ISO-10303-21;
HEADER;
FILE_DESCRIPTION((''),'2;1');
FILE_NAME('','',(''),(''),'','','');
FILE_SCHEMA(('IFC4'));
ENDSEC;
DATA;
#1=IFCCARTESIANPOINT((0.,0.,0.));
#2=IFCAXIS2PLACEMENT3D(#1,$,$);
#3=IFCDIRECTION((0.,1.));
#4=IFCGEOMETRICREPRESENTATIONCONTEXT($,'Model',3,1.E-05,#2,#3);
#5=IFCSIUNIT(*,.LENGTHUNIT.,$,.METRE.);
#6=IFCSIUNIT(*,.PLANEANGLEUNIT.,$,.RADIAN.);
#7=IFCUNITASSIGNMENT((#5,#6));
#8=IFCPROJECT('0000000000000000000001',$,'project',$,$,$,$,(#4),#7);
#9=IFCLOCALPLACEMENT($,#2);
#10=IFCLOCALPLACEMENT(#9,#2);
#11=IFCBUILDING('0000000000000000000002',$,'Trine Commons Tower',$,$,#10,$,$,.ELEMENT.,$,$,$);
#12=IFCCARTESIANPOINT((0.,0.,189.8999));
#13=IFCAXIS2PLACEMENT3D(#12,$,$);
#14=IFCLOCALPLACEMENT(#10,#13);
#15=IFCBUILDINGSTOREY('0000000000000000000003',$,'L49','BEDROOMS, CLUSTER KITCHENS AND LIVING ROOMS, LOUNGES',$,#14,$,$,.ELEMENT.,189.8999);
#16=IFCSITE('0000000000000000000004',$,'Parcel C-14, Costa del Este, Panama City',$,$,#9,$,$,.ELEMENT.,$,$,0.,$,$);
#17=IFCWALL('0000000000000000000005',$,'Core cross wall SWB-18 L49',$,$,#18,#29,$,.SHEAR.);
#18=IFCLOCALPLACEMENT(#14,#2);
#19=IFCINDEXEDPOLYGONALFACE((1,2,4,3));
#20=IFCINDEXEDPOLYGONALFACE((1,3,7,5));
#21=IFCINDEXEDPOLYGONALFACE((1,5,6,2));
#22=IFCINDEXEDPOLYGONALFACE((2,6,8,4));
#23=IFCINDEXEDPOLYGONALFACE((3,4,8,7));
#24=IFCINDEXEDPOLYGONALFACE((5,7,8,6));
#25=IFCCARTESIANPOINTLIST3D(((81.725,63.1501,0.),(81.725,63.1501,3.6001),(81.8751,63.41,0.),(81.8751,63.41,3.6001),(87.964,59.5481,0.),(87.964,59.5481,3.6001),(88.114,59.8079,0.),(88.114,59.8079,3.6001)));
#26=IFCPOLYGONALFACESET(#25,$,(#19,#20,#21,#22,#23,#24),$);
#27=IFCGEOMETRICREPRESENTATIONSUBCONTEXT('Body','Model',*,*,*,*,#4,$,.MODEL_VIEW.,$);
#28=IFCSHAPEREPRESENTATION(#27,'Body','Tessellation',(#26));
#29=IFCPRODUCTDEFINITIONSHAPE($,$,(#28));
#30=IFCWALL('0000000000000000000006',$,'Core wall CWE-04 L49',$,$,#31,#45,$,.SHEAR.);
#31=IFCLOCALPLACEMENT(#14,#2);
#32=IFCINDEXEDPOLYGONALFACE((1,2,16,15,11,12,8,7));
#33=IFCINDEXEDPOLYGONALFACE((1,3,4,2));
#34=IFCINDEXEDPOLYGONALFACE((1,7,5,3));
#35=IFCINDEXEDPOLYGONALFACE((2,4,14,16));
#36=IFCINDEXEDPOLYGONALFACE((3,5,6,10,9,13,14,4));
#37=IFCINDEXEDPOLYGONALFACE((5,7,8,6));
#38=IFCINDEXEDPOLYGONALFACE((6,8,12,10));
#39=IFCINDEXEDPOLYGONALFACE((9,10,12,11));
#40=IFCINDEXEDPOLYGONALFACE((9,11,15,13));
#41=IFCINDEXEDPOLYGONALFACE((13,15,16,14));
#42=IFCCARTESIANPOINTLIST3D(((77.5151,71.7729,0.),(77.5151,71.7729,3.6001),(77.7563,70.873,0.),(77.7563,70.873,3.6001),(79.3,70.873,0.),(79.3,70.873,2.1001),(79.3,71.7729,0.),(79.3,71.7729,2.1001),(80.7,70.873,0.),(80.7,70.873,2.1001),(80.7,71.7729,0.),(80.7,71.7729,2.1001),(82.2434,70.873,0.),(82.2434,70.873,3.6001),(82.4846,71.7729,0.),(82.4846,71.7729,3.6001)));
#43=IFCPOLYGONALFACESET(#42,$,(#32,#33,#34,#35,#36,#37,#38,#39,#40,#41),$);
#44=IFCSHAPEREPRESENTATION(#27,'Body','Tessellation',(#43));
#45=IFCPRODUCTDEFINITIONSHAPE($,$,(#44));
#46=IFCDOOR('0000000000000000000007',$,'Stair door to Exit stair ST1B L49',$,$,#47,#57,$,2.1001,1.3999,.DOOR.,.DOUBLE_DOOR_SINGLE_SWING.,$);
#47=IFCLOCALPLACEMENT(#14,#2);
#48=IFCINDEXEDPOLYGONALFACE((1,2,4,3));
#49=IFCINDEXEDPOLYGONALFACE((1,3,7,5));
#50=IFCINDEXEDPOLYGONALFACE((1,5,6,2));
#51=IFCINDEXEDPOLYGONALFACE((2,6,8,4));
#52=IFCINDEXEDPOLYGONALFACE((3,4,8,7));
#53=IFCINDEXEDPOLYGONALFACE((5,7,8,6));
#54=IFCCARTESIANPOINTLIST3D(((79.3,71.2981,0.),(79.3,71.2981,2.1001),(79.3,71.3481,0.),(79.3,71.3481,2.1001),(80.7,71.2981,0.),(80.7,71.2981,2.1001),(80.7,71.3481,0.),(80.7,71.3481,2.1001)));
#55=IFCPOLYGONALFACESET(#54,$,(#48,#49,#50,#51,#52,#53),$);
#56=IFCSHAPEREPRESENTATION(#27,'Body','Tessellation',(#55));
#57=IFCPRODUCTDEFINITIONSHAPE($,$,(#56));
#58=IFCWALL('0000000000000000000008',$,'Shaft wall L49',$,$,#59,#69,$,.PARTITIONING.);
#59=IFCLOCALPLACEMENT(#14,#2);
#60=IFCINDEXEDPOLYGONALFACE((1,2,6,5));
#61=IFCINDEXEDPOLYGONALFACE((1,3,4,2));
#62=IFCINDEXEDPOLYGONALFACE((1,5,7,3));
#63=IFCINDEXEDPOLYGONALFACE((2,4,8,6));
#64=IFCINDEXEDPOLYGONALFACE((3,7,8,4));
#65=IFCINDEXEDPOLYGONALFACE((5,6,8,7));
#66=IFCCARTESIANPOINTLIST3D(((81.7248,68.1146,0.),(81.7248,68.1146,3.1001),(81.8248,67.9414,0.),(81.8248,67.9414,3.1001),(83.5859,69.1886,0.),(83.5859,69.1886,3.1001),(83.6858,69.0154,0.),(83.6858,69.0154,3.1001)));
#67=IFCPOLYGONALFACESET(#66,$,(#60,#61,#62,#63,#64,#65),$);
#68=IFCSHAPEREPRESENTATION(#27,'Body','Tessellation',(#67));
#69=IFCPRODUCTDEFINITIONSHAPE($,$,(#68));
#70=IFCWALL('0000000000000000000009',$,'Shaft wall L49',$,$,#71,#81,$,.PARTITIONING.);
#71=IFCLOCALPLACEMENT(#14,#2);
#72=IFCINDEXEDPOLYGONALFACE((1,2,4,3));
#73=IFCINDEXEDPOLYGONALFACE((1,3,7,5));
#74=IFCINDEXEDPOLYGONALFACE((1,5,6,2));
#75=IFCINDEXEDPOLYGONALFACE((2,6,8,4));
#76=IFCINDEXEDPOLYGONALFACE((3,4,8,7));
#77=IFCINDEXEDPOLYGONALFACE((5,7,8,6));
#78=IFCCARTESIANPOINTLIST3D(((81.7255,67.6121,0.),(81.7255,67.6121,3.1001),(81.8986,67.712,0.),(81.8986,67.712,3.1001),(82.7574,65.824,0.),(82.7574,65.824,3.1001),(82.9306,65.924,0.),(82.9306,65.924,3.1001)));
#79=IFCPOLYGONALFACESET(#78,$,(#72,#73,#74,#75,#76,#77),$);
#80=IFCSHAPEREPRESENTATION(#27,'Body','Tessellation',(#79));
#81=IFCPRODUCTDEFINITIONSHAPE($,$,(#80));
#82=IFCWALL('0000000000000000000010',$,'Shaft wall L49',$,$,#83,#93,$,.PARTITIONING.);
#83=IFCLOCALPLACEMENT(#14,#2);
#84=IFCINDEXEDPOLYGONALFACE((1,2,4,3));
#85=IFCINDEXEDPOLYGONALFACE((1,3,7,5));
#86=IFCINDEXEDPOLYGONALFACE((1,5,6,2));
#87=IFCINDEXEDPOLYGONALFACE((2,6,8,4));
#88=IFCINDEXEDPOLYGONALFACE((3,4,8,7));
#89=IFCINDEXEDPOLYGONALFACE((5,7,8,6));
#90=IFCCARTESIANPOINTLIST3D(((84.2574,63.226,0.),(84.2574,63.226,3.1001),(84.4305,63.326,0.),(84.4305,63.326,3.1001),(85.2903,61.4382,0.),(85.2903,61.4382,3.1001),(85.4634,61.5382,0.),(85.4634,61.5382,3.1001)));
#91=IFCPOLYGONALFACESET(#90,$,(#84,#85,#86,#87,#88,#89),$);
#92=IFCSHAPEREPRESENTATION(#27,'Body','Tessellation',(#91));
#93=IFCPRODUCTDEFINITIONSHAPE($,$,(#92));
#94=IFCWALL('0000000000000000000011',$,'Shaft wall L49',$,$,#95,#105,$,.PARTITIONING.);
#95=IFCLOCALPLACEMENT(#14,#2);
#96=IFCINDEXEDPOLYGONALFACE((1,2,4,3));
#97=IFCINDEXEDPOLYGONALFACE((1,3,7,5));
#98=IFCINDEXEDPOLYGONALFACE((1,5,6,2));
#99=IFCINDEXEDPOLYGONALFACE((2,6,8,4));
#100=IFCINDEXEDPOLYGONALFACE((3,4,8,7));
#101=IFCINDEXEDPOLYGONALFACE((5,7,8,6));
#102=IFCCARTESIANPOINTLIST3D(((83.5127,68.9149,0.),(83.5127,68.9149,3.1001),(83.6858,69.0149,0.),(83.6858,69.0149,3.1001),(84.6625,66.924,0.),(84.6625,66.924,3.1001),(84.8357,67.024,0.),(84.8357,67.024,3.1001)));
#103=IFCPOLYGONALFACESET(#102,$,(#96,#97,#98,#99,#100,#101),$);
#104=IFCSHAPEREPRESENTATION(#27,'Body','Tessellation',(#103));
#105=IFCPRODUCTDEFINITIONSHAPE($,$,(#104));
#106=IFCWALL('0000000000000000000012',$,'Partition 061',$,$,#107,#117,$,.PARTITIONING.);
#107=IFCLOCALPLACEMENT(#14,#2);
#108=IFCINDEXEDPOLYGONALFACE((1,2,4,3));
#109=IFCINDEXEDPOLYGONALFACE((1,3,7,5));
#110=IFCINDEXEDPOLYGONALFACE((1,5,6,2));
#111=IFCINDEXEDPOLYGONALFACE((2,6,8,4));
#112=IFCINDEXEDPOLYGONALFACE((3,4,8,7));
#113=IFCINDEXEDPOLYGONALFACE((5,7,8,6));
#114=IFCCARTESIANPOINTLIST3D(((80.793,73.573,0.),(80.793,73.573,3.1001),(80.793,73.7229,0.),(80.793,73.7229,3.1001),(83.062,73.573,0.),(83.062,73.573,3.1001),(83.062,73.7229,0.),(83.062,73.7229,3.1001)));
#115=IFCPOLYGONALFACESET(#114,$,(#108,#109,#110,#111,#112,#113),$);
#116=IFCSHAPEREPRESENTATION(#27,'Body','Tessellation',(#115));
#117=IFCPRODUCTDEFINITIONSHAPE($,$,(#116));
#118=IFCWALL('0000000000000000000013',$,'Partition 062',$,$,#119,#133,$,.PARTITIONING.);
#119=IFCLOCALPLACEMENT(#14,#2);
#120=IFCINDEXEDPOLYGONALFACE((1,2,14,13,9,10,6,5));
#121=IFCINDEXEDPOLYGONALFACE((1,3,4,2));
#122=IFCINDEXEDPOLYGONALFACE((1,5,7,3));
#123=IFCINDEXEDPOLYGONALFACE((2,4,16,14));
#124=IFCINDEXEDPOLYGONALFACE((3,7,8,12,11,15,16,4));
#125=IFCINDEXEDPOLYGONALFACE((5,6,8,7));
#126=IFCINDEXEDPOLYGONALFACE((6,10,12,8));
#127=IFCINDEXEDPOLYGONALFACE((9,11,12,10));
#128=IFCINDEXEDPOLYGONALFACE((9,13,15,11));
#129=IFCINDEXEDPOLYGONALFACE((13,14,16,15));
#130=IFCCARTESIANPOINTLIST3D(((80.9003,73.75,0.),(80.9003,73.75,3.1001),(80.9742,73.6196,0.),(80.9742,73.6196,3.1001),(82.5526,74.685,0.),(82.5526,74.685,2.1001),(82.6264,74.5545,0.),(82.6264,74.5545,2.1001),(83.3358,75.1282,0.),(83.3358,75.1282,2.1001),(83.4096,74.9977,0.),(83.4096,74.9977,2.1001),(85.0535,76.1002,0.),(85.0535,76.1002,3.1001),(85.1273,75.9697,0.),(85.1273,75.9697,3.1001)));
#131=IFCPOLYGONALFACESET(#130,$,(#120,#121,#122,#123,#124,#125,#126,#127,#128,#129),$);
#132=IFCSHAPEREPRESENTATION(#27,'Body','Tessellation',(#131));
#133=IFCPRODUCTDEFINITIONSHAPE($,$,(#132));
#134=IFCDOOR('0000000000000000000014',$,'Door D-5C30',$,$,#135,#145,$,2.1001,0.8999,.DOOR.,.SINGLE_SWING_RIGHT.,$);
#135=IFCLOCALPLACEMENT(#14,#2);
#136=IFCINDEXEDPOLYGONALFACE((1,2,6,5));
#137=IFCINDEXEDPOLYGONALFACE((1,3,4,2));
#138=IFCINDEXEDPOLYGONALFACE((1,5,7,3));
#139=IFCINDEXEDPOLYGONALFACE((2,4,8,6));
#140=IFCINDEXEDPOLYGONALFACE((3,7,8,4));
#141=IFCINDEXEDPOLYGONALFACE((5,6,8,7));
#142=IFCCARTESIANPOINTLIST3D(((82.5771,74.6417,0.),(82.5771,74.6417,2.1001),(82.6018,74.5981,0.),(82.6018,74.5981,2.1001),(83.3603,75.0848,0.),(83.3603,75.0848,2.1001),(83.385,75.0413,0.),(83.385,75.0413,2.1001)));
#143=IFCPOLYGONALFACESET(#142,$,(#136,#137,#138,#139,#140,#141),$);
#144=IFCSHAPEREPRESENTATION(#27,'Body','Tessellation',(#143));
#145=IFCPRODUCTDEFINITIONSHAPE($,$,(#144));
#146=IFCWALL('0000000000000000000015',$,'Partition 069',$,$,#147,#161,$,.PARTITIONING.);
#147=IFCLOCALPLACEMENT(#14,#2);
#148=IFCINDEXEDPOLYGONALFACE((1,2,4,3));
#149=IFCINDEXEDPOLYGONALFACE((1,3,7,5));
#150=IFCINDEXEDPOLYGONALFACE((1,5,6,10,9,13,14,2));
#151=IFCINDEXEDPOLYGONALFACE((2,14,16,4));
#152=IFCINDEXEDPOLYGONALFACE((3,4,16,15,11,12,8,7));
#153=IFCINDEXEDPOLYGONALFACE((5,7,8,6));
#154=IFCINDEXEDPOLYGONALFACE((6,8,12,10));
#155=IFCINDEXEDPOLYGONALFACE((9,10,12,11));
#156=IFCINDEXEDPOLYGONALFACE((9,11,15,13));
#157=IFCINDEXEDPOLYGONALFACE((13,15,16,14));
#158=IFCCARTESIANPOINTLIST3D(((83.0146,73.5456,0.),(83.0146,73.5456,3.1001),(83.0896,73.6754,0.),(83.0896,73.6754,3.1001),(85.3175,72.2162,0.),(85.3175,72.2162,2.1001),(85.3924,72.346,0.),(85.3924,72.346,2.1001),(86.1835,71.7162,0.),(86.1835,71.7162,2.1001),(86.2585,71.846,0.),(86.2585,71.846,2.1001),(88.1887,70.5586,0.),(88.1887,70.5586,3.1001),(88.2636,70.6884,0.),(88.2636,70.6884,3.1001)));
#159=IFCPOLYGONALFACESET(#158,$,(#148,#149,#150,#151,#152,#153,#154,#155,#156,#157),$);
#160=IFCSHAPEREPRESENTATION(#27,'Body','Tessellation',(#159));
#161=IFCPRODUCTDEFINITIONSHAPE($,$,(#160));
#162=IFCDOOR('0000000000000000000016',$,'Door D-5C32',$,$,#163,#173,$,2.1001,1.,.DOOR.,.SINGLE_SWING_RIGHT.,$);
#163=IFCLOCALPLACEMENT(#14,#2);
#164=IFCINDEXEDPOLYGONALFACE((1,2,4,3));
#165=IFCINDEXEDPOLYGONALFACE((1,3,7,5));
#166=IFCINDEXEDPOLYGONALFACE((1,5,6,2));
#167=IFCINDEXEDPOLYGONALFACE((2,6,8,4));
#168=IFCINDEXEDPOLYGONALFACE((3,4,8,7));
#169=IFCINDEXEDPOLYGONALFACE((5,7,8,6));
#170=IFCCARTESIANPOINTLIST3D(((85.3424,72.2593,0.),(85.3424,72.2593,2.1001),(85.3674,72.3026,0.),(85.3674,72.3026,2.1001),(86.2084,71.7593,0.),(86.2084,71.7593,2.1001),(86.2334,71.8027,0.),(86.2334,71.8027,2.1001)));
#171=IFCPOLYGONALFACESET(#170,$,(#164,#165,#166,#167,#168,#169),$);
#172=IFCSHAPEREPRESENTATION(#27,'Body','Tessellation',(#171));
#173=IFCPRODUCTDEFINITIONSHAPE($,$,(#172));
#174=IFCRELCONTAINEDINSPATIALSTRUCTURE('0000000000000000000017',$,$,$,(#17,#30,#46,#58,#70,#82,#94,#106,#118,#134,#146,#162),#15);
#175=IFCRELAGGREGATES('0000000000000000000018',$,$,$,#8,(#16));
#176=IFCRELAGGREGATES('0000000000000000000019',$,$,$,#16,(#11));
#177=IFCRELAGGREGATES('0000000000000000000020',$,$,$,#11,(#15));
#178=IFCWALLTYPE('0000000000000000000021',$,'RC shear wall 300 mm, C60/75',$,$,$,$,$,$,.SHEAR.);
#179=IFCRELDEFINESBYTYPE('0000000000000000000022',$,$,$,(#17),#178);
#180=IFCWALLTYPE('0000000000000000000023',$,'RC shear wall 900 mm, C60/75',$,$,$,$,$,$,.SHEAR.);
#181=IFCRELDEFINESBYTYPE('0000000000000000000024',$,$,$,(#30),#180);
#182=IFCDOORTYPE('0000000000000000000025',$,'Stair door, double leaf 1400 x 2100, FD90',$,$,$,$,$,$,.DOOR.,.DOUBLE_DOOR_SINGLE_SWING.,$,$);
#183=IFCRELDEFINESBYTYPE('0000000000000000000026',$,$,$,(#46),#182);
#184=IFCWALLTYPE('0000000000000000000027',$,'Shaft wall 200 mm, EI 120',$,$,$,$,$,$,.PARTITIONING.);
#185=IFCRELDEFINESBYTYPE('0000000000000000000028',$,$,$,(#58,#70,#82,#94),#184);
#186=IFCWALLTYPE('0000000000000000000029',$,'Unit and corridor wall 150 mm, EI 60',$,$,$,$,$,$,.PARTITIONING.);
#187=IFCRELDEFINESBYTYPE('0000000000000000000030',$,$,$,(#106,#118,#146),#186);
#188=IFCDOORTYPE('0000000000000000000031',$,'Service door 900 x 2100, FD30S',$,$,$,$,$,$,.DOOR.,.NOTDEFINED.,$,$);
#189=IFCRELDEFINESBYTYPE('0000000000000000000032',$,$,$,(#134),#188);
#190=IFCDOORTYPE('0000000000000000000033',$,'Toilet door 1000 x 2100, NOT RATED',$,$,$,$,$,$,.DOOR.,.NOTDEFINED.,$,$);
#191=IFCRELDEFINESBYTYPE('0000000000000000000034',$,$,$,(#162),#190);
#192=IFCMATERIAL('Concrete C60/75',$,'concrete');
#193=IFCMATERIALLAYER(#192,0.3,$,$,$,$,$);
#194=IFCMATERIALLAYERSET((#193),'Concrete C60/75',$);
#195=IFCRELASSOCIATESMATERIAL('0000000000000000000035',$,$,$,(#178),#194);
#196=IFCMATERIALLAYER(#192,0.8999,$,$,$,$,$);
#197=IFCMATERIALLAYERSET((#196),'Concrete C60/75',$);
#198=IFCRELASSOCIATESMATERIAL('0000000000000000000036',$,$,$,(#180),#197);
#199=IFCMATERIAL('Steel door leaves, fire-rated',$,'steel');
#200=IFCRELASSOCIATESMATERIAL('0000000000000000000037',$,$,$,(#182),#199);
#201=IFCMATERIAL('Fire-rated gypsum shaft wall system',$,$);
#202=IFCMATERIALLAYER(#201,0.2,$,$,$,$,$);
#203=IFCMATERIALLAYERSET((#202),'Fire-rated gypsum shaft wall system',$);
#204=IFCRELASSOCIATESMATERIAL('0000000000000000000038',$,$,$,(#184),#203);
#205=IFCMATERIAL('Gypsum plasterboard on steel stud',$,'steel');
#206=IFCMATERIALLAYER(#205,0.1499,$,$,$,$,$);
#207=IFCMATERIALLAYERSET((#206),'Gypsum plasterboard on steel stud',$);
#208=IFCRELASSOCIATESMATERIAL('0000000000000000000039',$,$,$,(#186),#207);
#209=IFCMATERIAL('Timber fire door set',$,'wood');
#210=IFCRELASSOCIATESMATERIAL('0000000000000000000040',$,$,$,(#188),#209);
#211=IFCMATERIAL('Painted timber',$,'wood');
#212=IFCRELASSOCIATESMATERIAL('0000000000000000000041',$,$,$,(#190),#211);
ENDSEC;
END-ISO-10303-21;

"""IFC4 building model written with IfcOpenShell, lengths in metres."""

from ifc_helpers import new_model, si_unit, direction, frame, frame_2d, origin, place, context, subcontext, project, spatial, polyline, rectangle, outline, extrude, material, layer, layer_set, type_object, element, fill, save


model = new_model("IFC4")

# Units and contexts
model_context = context("Model", 3, precision=1e-05, world=origin(), true_north=direction((0.0, 1.0)))
body_context = subcontext(model_context, "Body", "Model", "MODEL_VIEW")
ifc_project = project(units=[si_unit("LENGTHUNIT", "METRE"), si_unit("PLANEANGLEUNIT", "RADIAN")], contexts=[model_context])

# Site, building, storey
site_placement = place(None, origin())
site = spatial("IfcSite", under=ifc_project, at=site_placement, Name="Parcel C-14, Costa del Este, Panama City", CompositionType="ELEMENT", RefElevation=0.0)
building_placement = place(site_placement, origin())
building = spatial("IfcBuilding", under=site, at=building_placement, Name="Trine Commons Tower", CompositionType="ELEMENT")
storey_placement = place(building_placement, frame((0.0, 0.0, 189.8999)))
storey = spatial("IfcBuildingStorey", under=building, at=storey_placement, Name="L49", Description="BEDROOMS, CLUSTER KITCHENS AND LIVING ROOMS, LOUNGES", CompositionType="ELEMENT", Elevation=189.8999)

# Shared definitions
ifc_material_1 = material(Name="Fire-rated gypsum shaft wall system")
ifc_material_2 = material(Name="Concrete C60/75", Category="concrete")
ifc_layer_1 = layer(ifc_material_2, 0.3)
ifc_layer_set_1 = layer_set([ifc_layer_1], Name="Concrete C60/75")
wall_type_1 = type_object("IfcWallType", Name="RC shear wall 300 mm, C60/75", PredefinedType="SHEAR", material=ifc_layer_set_1)

# Wall
wall_1_placement = place(storey_placement, frame((81.8, 63.28, 0.0), z_axis=(0.0, 0.0, 1.0), x_axis=(0.866028, -0.499995, 0.0)))
element("IfcWall", 1, at=wall_1_placement, inside=storey, type_object=wall_type_1, Name="Core cross wall SWB-18 L49", PredefinedType="SHEAR", context=body_context, shape_type="SweptSolid", body=[
    extrude(rectangle(XDim=7.2041, YDim=0.3, at=frame_2d((3.6021, 0.0))), origin(), (0.0, 0.0, 1.0), 3.6001),
])

# Wall, opening, door
ifc_layer_2 = layer(ifc_material_2, 0.8999)
ifc_layer_set_2 = layer_set([ifc_layer_2], Name="Concrete C60/75")
wall_type_2 = type_object("IfcWallType", Name="RC shear wall 900 mm, C60/75", PredefinedType="SHEAR", material=ifc_layer_set_2)
wall_2_placement = place(storey_placement, frame((82.4846, 71.323, 0.0), z_axis=(0.0, 0.0, 1.0), x_axis=(-1.0, 0.0, 0.0)))
wall_2 = element("IfcWall", 2, at=wall_2_placement, inside=storey, type_object=wall_type_2, Name="Core wall CWE-04 L49", PredefinedType="SHEAR", context=body_context, shape_type="SweptSolid", body=[
    extrude(outline(polyline([(0.0, -0.45), (4.9695, -0.45), (4.7283, 0.45), (0.2412, 0.45), (0.0, -0.45)])), origin(), (0.0, 0.0, 1.0), 3.6001),
])
opening_1_placement = place(wall_2_placement, frame((1.7847, 0.0, 0.0)))
opening_1 = element("IfcOpeningElement", 3, at=opening_1_placement, cuts=wall_2, PredefinedType="OPENING", context=body_context, shape_type="SweptSolid", body=[
    extrude(rectangle(XDim=1.3999, YDim=2.1001, at=frame_2d((0.7, 1.05))), frame((0.0, 0.46, 0.0), z_axis=(0.0, -1.0, 0.0), x_axis=(1.0, 0.0, 0.0)), (0.0, 0.0, 1.0), 0.9199),
])
ifc_material_3 = material(Name="Steel door leaves, fire-rated", Category="steel")
door_type_1 = type_object("IfcDoorType", Name="Stair door, double leaf 1400 x 2100, FD90", OperationType="DOUBLE_DOOR_SINGLE_SWING", PredefinedType="DOOR", material=ifc_material_3)
door_1_placement = place(opening_1_placement, origin())
door_1 = element("IfcDoor", 4, at=door_1_placement, inside=storey, type_object=door_type_1, Name="Stair door to Exit stair ST1B L49", OperationType="DOUBLE_DOOR_SINGLE_SWING", OverallHeight=2.1001, OverallWidth=1.3999, PredefinedType="DOOR", context=body_context, shape_type="SweptSolid", body=[
    extrude(rectangle(XDim=1.3999, YDim=2.1001, at=frame_2d((0.7, 1.05))), frame((0.0, 0.0249, 0.0), z_axis=(0.0, -1.0, 0.0), x_axis=(1.0, 0.0, 0.0)), (0.0, 0.0, 1.0), 0.05),
])
fill(opening_1, door_1)

# Walls
ifc_layer_3 = layer(ifc_material_1, 0.2)
ifc_layer_set_3 = layer_set([ifc_layer_3], Name="Fire-rated gypsum shaft wall system")
wall_type_3 = type_object("IfcWallType", Name="Shaft wall 200 mm, EI 120", PredefinedType="PARTITIONING", material=ifc_layer_set_3)
wall_3_placement = place(storey_placement, frame((81.7749, 68.0281, 0.0), z_axis=(0.0, 0.0, 1.0), x_axis=(0.866131, 0.499818, 0.0)))
element("IfcWall", 5, at=wall_3_placement, inside=storey, type_object=wall_type_3, Name="Shaft wall L49", PredefinedType="PARTITIONING", context=body_context, shape_type="SweptSolid", body=[
    extrude(rectangle(XDim=2.1487, YDim=0.2, at=frame_2d((1.0742, 0.0))), origin(), (0.0, 0.0, 1.0), 3.1001),
])
wall_4_placement = place(storey_placement, frame((82.844, 65.874, 0.0), z_axis=(0.0, 0.0, 1.0), x_axis=(-0.499866, 0.866103, 0.0)))
element("IfcWall", 6, at=wall_4_placement, inside=storey, type_object=wall_type_3, Name="Shaft wall L49", PredefinedType="PARTITIONING", context=body_context, shape_type="SweptSolid", body=[
    extrude(rectangle(XDim=2.0645, YDim=0.2, at=frame_2d((1.0322, 0.0))), origin(), (0.0, 0.0, 1.0), 3.1001),
])
wall_5_placement = place(storey_placement, frame((84.344, 63.2759, 0.0), z_axis=(0.0, 0.0, 1.0), x_axis=(0.500272, -0.865868, 0.0)))
element("IfcWall", 7, at=wall_5_placement, inside=storey, type_object=wall_type_3, Name="Shaft wall L49", PredefinedType="PARTITIONING", context=body_context, shape_type="SweptSolid", body=[
    extrude(rectangle(XDim=2.0647, YDim=0.2, at=frame_2d((1.0322, 0.0))), origin(), (0.0, 0.0, 1.0), 3.1001),
])
wall_6_placement = place(storey_placement, frame((84.749, 66.9741, 0.0), z_axis=(0.0, 0.0, 1.0), x_axis=(-0.500136, 0.865947, 0.0)))
element("IfcWall", 8, at=wall_6_placement, inside=storey, type_object=wall_type_3, Name="Shaft wall L49", PredefinedType="PARTITIONING", context=body_context, shape_type="SweptSolid", body=[
    extrude(rectangle(XDim=2.2991, YDim=0.2, at=frame_2d((1.1494, 0.0))), origin(), (0.0, 0.0, 1.0), 3.1001),
])
ifc_material_4 = material(Name="Gypsum plasterboard on steel stud", Category="steel")
ifc_layer_4 = layer(ifc_material_4, 0.1499)
ifc_layer_set_4 = layer_set([ifc_layer_4], Name="Gypsum plasterboard on steel stud")
wall_type_4 = type_object("IfcWallType", Name="Unit and corridor wall 150 mm, EI 60", PredefinedType="PARTITIONING", material=ifc_layer_set_4)
wall_7_placement = place(storey_placement, frame((80.793, 73.6479, 0.0), z_axis=(0.0, 0.0, 1.0), x_axis=(1.0, 0.0, 0.0)))
element("IfcWall", 9, at=wall_7_placement, inside=storey, type_object=wall_type_4, Name="Partition 061", PredefinedType="PARTITIONING", context=body_context, shape_type="SweptSolid", body=[
    extrude(rectangle(XDim=2.269, YDim=0.1499, at=frame_2d((1.1345, 0.0))), origin(), (0.0, 0.0, 1.0), 3.1001),
])

# Walls, openings, doors
wall_8_placement = place(storey_placement, frame((80.9373, 73.6848, 0.0), z_axis=(0.0, 0.0, 1.0), x_axis=(0.87032, 0.492487, 0.0)))
wall_8 = element("IfcWall", 10, at=wall_8_placement, inside=storey, type_object=wall_type_4, Name="Partition 062", PredefinedType="PARTITIONING", context=body_context, shape_type="SweptSolid", body=[
    extrude(rectangle(XDim=4.772, YDim=0.1499, at=frame_2d((2.386, 0.0))), origin(), (0.0, 0.0, 1.0), 3.1001),
])
opening_2_placement = place(wall_8_placement, frame((1.8984, 0.0, 0.0)))
opening_2 = element("IfcOpeningElement", 11, at=opening_2_placement, cuts=wall_8, PredefinedType="OPENING", context=body_context, shape_type="SweptSolid", body=[
    extrude(rectangle(XDim=0.8999, YDim=2.1001, at=frame_2d((0.45, 1.05))), frame((0.0, 0.085, 0.0), z_axis=(0.0, -1.0, 0.0), x_axis=(1.0, 0.0, 0.0)), (0.0, 0.0, 1.0), 0.1699),
])
ifc_material_5 = material(Name="Timber fire door set", Category="wood")
door_type_2 = type_object("IfcDoorType", Name="Service door 900 x 2100, FD30S", OperationType="NOTDEFINED", PredefinedType="DOOR", material=ifc_material_5)
door_2_placement = place(opening_2_placement, frame((0.8999, 0.0, 0.0), z_axis=(0.0, 0.0, 1.0), x_axis=(-1.0, 0.0, 0.0)))
door_2 = element("IfcDoor", 12, at=door_2_placement, inside=storey, type_object=door_type_2, Name="Door D-5C30", OperationType="SINGLE_SWING_RIGHT", OverallHeight=2.1001, OverallWidth=0.8999, PredefinedType="DOOR", context=body_context, shape_type="SweptSolid", body=[
    extrude(rectangle(XDim=0.8999, YDim=2.1001, at=frame_2d((0.45, 1.05))), frame((0.0, 0.0249, 0.0), z_axis=(0.0, -1.0, 0.0), x_axis=(1.0, 0.0, 0.0)), (0.0, 0.0, 1.0), 0.05),
])
fill(opening_2, door_2)
wall_9_placement = place(storey_placement, frame((83.052, 73.6106, 0.0), z_axis=(0.0, 0.0, 1.0), x_axis=(0.866039, -0.499976, 0.0)))
wall_9 = element("IfcWall", 13, at=wall_9_placement, inside=storey, type_object=wall_type_4, Name="Partition 069", PredefinedType="PARTITIONING", context=body_context, shape_type="SweptSolid", body=[
    extrude(rectangle(XDim=5.9744, YDim=0.1499, at=frame_2d((2.9873, 0.0))), origin(), (0.0, 0.0, 1.0), 3.1001),
])
opening_3_placement = place(wall_9_placement, frame((2.6592, 0.0, 0.0)))
opening_3 = element("IfcOpeningElement", 14, at=opening_3_placement, cuts=wall_9, PredefinedType="OPENING", context=body_context, shape_type="SweptSolid", body=[
    extrude(rectangle(XDim=1.0, YDim=2.1001, at=frame_2d((0.5, 1.05))), frame((0.0, 0.085, 0.0), z_axis=(0.0, -1.0, 0.0), x_axis=(1.0, 0.0, 0.0)), (0.0, 0.0, 1.0), 0.1699),
])
ifc_material_6 = material(Name="Painted timber", Category="wood")
door_type_3 = type_object("IfcDoorType", Name="Toilet door 1000 x 2100, NOT RATED", OperationType="NOTDEFINED", PredefinedType="DOOR", material=ifc_material_6)
door_3_placement = place(opening_3_placement, origin())
door_3 = element("IfcDoor", 15, at=door_3_placement, inside=storey, type_object=door_type_3, Name="Door D-5C32", OperationType="SINGLE_SWING_RIGHT", OverallHeight=2.1001, OverallWidth=1.0, PredefinedType="DOOR", context=body_context, shape_type="SweptSolid", body=[
    extrude(rectangle(XDim=1.0, YDim=2.1001, at=frame_2d((0.5, 1.05))), frame((0.0, 0.0249, 0.0), z_axis=(0.0, -1.0, 0.0), x_axis=(1.0, 0.0, 0.0)), (0.0, 0.0, 1.0), 0.05),
])
fill(opening_3, door_3)

save(model, "model.ifc")
